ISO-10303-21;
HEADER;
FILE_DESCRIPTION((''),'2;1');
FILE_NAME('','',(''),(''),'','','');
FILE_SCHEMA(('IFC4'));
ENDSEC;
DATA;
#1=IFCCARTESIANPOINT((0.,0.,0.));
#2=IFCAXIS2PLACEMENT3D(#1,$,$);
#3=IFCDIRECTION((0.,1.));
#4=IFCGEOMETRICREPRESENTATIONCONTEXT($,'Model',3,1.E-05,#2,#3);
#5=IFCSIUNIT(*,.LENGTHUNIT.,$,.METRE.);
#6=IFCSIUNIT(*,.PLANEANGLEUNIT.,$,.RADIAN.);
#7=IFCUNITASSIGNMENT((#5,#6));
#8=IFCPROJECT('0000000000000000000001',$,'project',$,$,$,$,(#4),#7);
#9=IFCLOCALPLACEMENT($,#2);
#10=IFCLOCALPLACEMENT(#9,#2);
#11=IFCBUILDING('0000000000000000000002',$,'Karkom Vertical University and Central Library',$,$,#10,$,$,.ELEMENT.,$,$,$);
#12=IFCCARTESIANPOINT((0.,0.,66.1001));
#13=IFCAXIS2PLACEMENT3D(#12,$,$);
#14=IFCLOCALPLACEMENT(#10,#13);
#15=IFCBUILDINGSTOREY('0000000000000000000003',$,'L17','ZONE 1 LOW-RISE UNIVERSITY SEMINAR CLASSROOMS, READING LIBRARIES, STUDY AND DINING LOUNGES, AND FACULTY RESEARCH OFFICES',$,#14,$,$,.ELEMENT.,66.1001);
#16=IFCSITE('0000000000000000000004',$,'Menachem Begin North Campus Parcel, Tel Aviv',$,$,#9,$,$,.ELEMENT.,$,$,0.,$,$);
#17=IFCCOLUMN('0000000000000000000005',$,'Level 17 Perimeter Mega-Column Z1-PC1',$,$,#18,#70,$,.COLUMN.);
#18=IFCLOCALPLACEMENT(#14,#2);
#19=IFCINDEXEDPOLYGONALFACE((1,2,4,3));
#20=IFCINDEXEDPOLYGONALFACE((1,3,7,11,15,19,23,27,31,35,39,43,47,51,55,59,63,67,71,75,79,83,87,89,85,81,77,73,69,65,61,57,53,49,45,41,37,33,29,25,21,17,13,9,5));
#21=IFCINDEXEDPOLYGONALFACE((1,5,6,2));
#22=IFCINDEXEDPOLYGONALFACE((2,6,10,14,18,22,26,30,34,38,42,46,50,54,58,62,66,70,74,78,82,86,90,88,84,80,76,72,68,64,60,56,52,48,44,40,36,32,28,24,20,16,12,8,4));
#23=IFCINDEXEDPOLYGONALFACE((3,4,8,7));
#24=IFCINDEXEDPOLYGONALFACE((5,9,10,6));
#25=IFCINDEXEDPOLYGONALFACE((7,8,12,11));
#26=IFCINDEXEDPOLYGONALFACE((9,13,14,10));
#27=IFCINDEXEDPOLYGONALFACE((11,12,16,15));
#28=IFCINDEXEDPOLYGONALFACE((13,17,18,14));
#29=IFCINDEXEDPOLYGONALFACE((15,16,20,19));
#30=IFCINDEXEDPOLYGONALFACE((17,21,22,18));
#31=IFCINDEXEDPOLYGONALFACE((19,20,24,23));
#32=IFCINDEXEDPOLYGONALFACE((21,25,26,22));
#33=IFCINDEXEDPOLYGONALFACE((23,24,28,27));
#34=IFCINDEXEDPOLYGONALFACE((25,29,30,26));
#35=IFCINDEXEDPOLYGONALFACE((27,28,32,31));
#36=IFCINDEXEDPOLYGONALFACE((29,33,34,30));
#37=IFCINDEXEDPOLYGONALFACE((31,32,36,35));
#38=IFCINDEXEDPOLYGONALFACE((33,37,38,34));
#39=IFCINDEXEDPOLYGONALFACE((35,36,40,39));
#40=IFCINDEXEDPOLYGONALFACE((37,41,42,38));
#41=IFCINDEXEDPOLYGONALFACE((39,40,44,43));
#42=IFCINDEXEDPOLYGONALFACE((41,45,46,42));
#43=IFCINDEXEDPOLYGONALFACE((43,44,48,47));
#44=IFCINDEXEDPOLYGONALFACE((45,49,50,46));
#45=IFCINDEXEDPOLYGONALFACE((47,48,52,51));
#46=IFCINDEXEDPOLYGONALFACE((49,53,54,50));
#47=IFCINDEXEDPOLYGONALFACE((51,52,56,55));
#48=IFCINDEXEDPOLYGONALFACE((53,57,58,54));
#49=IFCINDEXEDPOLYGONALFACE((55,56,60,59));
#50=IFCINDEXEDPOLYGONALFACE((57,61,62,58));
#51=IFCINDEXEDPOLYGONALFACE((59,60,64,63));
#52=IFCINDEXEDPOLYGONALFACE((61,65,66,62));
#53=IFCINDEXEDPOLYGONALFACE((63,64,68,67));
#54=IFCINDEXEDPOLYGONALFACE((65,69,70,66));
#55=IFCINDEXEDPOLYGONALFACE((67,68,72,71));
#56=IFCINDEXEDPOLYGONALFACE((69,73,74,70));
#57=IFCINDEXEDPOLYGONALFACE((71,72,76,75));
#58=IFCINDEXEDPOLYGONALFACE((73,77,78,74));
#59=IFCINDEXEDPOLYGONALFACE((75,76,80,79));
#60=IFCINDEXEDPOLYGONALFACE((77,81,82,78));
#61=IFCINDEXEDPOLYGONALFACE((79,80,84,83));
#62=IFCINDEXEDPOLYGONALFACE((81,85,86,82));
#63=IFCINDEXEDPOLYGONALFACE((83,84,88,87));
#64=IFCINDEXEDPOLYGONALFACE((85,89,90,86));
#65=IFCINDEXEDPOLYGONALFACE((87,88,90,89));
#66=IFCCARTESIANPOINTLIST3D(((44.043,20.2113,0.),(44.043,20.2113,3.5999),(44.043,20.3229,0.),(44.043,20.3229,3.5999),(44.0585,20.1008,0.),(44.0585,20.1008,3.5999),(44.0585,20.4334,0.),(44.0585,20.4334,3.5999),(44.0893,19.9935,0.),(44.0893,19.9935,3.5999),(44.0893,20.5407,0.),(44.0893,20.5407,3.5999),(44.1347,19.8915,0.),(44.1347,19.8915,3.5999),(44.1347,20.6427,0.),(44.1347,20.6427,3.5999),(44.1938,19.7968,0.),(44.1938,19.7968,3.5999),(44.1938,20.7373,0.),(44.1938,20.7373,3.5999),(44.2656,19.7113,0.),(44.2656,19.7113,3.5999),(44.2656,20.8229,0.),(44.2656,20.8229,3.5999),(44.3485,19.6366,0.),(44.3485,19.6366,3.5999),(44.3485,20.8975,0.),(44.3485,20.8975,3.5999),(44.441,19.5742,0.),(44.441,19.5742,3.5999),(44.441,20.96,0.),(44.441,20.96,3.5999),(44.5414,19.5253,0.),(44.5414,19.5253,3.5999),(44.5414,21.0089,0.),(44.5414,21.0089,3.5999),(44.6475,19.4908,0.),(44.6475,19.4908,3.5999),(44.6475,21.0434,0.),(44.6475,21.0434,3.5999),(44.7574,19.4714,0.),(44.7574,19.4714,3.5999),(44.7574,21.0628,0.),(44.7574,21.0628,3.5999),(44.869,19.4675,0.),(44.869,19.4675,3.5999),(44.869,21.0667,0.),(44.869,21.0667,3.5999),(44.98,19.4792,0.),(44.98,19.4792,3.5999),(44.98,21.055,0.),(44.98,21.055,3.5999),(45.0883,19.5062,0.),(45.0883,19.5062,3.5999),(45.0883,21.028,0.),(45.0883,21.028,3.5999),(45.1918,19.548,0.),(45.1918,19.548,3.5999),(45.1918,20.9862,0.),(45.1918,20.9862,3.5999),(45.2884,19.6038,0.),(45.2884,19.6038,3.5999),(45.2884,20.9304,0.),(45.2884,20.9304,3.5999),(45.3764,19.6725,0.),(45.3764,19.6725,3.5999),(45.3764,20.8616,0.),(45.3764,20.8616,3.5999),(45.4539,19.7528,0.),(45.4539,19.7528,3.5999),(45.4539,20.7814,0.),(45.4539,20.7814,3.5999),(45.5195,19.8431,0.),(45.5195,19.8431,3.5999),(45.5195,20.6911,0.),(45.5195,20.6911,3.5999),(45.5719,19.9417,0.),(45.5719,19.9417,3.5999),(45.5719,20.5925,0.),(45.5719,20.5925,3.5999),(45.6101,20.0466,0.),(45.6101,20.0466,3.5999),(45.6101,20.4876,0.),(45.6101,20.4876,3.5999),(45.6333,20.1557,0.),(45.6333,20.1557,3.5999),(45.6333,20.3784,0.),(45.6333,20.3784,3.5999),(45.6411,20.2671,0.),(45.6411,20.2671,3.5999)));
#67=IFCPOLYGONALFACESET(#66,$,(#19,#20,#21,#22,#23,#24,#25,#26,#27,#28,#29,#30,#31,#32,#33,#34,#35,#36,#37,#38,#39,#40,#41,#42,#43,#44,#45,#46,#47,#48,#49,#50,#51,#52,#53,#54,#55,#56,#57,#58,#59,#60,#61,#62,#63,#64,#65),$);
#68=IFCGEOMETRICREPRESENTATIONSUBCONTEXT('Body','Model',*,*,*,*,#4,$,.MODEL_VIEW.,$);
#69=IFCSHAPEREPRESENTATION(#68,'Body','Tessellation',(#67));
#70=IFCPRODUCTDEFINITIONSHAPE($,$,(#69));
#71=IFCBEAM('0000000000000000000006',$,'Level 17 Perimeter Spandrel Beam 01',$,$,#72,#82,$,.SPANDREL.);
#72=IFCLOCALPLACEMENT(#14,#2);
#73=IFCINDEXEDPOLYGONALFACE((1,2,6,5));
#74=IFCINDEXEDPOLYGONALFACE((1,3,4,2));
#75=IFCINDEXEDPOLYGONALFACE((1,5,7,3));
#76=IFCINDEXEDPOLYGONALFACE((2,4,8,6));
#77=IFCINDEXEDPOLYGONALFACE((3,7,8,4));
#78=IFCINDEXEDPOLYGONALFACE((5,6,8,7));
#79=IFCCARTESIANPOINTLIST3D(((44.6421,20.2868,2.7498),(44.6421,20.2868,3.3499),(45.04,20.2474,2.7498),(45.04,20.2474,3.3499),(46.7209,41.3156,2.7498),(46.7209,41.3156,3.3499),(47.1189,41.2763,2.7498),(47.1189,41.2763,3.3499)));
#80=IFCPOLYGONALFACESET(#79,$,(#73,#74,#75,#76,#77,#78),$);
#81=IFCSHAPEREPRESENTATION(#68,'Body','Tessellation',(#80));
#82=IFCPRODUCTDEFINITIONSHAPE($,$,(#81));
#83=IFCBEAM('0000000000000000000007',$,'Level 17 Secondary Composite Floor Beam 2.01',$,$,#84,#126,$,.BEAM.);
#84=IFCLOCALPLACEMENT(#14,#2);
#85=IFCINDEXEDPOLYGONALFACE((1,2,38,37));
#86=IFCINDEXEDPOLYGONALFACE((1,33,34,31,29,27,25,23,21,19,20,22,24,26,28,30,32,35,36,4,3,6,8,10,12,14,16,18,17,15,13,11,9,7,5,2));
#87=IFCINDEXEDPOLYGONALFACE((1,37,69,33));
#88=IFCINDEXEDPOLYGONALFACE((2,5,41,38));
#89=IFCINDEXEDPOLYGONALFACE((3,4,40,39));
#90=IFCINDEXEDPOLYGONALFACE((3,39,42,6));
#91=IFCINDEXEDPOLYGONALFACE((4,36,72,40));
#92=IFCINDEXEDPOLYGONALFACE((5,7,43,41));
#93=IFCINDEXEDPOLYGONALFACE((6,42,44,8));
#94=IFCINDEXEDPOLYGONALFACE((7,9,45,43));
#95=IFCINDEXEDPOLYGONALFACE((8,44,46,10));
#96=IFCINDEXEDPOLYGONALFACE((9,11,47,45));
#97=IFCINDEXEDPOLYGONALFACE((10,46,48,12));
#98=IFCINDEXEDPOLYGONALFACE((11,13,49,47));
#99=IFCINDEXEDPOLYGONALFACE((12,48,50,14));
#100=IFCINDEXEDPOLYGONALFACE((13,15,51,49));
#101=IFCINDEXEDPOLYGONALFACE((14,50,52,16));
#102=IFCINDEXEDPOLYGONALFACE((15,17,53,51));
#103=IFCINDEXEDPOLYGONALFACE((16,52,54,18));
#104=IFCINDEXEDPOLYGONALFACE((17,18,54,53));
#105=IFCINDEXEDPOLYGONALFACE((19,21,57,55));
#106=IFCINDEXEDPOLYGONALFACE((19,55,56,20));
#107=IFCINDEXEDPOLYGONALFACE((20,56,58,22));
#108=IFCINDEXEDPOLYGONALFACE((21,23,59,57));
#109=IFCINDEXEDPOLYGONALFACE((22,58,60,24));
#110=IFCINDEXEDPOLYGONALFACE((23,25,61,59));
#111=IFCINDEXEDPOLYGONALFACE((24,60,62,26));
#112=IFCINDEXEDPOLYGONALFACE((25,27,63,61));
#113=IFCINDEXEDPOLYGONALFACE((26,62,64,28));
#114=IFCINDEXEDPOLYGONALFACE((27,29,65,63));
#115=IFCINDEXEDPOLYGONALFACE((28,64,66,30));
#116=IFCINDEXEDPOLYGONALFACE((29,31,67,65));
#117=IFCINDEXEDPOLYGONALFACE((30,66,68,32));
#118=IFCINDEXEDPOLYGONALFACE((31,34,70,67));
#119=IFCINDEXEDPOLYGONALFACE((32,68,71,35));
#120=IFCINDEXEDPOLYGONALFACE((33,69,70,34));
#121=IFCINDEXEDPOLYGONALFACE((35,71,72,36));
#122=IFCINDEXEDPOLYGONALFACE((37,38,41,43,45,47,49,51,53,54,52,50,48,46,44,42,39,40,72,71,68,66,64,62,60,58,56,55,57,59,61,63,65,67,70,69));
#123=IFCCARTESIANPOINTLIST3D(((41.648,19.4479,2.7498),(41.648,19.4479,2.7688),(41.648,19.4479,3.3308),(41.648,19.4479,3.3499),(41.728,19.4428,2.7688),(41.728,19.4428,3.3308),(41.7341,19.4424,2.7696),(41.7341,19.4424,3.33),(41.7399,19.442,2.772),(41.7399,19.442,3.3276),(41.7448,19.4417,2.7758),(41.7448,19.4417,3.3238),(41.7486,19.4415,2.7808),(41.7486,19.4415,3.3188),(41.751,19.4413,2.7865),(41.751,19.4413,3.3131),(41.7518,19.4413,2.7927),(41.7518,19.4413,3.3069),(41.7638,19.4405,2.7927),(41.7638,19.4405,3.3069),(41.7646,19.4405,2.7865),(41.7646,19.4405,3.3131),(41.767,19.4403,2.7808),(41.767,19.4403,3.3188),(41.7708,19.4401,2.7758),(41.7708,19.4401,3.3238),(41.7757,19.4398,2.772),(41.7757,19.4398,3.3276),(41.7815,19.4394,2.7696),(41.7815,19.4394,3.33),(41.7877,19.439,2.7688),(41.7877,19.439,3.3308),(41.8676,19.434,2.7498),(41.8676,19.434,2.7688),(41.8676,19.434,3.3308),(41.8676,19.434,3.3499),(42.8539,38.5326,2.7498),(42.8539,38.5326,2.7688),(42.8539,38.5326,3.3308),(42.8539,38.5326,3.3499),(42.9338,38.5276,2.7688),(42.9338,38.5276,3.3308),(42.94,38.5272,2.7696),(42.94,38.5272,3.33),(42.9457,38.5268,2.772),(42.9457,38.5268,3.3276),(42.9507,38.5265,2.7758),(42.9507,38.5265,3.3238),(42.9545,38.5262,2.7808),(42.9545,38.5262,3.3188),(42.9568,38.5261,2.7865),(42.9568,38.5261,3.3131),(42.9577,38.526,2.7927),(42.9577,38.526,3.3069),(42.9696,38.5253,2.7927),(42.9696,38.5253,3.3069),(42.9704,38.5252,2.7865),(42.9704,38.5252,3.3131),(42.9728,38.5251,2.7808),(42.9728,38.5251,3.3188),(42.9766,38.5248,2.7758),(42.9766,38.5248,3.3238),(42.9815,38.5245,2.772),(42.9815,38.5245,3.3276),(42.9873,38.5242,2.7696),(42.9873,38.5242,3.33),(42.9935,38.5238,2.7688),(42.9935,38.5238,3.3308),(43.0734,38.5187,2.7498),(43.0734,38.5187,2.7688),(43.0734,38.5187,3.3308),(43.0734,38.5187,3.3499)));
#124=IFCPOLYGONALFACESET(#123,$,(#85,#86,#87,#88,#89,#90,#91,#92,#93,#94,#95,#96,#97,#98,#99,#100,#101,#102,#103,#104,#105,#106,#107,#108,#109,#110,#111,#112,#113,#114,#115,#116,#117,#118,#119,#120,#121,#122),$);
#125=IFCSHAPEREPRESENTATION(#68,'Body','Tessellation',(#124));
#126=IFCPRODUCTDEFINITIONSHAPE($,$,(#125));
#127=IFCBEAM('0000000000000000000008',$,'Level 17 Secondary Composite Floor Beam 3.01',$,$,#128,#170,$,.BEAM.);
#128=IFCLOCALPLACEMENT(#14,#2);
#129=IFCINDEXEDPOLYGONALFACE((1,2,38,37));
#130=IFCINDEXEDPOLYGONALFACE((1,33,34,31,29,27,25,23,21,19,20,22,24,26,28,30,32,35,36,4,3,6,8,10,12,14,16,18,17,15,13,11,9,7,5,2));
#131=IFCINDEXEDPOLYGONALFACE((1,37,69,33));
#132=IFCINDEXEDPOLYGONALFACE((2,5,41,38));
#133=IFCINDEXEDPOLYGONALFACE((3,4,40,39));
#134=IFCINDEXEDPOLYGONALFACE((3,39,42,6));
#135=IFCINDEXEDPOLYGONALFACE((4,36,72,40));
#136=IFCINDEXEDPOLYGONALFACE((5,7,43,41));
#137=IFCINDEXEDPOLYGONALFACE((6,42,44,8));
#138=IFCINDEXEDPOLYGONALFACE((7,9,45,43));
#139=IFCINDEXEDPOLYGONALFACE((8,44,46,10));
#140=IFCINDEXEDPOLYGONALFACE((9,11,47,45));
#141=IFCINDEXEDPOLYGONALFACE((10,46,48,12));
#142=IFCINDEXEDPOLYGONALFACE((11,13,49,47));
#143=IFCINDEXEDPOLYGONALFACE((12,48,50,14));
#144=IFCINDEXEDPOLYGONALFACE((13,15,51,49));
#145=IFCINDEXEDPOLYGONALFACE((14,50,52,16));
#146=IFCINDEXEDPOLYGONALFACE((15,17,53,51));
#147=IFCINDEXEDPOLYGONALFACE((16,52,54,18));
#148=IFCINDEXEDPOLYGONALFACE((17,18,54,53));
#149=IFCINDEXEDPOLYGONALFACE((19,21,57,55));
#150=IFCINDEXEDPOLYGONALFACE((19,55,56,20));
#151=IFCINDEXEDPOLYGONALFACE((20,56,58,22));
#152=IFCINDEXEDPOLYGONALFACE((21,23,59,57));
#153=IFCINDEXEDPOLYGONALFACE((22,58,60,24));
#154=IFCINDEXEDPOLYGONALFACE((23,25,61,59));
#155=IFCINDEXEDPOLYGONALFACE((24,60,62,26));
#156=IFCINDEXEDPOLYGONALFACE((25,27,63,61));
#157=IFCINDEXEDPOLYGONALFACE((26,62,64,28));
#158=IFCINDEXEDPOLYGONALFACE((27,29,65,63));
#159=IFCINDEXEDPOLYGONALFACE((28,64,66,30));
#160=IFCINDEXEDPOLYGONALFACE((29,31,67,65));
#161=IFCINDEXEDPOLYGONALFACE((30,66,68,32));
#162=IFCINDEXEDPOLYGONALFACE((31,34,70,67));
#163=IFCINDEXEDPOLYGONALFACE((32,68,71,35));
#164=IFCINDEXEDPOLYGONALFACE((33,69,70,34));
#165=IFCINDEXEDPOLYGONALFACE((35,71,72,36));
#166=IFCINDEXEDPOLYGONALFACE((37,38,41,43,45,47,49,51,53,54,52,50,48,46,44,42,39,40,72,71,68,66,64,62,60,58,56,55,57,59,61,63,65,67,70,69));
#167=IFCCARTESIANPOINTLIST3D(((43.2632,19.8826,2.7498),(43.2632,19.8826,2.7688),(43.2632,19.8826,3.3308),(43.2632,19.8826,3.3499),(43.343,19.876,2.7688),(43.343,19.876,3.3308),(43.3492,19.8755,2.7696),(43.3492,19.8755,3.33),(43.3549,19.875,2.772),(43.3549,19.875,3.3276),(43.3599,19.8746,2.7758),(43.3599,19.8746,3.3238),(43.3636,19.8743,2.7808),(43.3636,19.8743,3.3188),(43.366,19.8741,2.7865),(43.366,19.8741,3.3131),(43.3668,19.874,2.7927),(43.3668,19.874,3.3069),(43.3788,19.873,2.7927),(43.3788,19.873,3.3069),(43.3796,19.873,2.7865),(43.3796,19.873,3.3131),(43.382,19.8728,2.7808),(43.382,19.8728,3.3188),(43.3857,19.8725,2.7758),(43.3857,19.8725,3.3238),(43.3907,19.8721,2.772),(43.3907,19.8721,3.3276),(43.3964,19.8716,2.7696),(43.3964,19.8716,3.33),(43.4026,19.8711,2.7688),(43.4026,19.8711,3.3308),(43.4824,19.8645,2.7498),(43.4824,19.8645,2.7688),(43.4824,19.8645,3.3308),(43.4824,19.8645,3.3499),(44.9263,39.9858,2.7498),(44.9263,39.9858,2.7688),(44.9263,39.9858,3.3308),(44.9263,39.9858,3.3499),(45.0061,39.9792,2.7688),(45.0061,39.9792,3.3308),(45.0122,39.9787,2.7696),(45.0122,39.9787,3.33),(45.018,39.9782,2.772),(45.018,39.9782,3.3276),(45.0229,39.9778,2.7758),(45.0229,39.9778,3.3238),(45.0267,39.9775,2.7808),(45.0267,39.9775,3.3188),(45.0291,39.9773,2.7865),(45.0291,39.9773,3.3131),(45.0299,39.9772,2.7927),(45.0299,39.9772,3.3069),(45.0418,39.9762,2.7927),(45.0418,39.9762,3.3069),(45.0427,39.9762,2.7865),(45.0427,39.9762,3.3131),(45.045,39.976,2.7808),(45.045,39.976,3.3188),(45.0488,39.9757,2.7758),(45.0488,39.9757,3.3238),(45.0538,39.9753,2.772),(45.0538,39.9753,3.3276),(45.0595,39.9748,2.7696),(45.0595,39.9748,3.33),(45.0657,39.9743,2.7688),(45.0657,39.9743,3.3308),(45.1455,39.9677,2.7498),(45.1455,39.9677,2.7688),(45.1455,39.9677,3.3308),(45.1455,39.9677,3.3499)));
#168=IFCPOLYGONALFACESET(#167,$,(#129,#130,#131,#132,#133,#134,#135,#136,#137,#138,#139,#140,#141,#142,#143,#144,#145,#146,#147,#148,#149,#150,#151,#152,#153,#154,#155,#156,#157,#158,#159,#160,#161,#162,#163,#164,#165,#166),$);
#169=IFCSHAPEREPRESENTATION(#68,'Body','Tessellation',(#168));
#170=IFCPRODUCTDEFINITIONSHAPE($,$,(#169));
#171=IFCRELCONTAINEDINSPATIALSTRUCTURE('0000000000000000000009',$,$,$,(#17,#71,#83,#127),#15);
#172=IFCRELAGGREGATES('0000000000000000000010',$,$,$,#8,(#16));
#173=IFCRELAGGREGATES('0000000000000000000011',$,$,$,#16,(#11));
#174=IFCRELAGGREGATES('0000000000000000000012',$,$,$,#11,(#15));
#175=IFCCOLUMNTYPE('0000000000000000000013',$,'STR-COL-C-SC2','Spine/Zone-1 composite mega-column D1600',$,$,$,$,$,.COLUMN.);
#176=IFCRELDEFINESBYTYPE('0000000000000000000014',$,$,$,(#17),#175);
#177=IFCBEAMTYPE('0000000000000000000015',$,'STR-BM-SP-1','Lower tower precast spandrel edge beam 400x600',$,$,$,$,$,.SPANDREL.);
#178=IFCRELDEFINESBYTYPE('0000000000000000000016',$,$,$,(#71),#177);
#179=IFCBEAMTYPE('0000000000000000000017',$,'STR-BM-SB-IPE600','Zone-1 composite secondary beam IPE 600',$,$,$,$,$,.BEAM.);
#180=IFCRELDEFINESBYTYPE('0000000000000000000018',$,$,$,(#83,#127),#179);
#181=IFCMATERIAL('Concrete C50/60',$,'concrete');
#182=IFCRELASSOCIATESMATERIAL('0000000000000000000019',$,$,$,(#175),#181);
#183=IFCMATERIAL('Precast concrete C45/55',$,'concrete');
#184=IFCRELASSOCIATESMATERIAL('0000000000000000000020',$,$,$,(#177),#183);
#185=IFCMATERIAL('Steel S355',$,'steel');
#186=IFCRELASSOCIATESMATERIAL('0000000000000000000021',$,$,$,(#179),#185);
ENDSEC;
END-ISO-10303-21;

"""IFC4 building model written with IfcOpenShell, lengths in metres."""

from ifc_helpers import new_model, si_unit, direction, frame, origin, origin_with_axes, origin_2d, place, context, subcontext, project, spatial, rectangle, circle, i_section, extrude, source, transform, mapped, material, material_profile, profile_set, type_object, element, save


model = new_model("IFC4")

# Units and contexts
model_context = context("Model", 3, precision=1e-05, world=origin(), true_north=direction((0.0, 1.0)))
body_context = subcontext(model_context, "Body", "Model", "MODEL_VIEW")
ifc_project = project(units=[si_unit("LENGTHUNIT", "METRE"), si_unit("PLANEANGLEUNIT", "RADIAN")], contexts=[model_context])

# Site, building, storey
site_placement = place(None, origin())
site = spatial("IfcSite", under=ifc_project, at=site_placement, Name="Menachem Begin North Campus Parcel, Tel Aviv", CompositionType="ELEMENT", RefElevation=0.0)
building_placement = place(site_placement, origin())
building = spatial("IfcBuilding", under=site, at=building_placement, Name="Karkom Vertical University and Central Library", CompositionType="ELEMENT")
storey_placement = place(building_placement, frame((0.0, 0.0, 66.1001)))
storey = spatial("IfcBuildingStorey", under=building, at=storey_placement, Name="L17", Description="ZONE 1 LOW-RISE UNIVERSITY SEMINAR CLASSROOMS, READING LIBRARIES, STUDY AND DINING LOUNGES, AND FACULTY RESEARCH OFFICES", CompositionType="ELEMENT", Elevation=66.1001)

# Column
ifc_material_1 = material(Name="Concrete C50/60", Category="concrete")
ifc_material_profile_1 = material_profile(ifc_material_1, circle(Radius=0.8, at=origin_2d()), Name="CFT-D1600")
ifc_profile_set_1 = profile_set([ifc_material_profile_1], Name="Concrete C50/60")
column_type = type_object("IfcColumnType", Name="STR-COL-C-SC2", Description="Spine/Zone-1 composite mega-column D1600", PredefinedType="COLUMN", material=ifc_profile_set_1)
shared_shape_1 = source(origin_with_axes(), body_context, "Body", "SweptSolid", [
    extrude(circle(Radius=0.8, at=origin_2d()), origin(), (0.0, 0.0, 1.0), 3.5999),
])
column_placement = place(storey_placement, frame((44.8411, 20.2671, 0.0), z_axis=(0.0, 0.0, 1.0), x_axis=(1.0, 0.0, 0.0)))
element("IfcColumn", 1, at=column_placement, inside=storey, type_object=column_type, Name="Level 17 Perimeter Mega-Column Z1-PC1", PredefinedType="COLUMN", context=body_context, shape_type="MappedRepresentation", body=[
    mapped(shared_shape_1, transform((0.0, 0.0, 0.0), scale=1.0)),
])

# Beams
ifc_material_2 = material(Name="Precast concrete C45/55", Category="concrete")
ifc_material_profile_2 = material_profile(ifc_material_2, rectangle(XDim=0.3999, YDim=0.6001, at=origin_2d()), Name="SPB-400x600")
ifc_profile_set_2 = profile_set([ifc_material_profile_2], Name="Precast concrete C45/55")
beam_type_1 = type_object("IfcBeamType", Name="STR-BM-SP-1", Description="Lower tower precast spandrel edge beam 400x600", PredefinedType="SPANDREL", material=ifc_profile_set_2)
shared_shape_2 = source(origin_with_axes(), body_context, "Body", "SweptSolid", [
    extrude(rectangle(XDim=0.3999, YDim=0.6001, at=origin_2d()), origin(), (0.0, 0.0, 1.0), 21.1313),
])
beam_1_placement = place(storey_placement, frame((44.8411, 20.2671, 3.0498), z_axis=(0.098378, 0.995149, 0.0), x_axis=(-0.995149, 0.098378, 0.0)))
element("IfcBeam", 2, at=beam_1_placement, inside=storey, type_object=beam_type_1, Name="Level 17 Perimeter Spandrel Beam 01", PredefinedType="SPANDREL", context=body_context, shape_type="MappedRepresentation", body=[
    mapped(shared_shape_2, transform((0.0, 0.0, 0.0), scale=1.0)),
])
ifc_material_3 = material(Name="Steel S355", Category="steel")
ifc_material_profile_3 = material_profile(ifc_material_3, i_section(OverallWidth=0.22, OverallDepth=0.6001, WebThickness=0.012, FlangeThickness=0.019, FilletRadius=0.0239, at=origin_2d()), Name="IPE 600")
ifc_profile_set_3 = profile_set([ifc_material_profile_3], Name="Steel S355")
beam_type_2 = type_object("IfcBeamType", Name="STR-BM-SB-IPE600", Description="Zone-1 composite secondary beam IPE 600", PredefinedType="BEAM", material=ifc_profile_set_3)
shared_shape_3 = source(origin_with_axes(), body_context, "Body", "SweptSolid", [
    extrude(i_section(OverallWidth=0.22, OverallDepth=0.6001, WebThickness=0.012, FlangeThickness=0.019, FilletRadius=0.0239, at=origin_2d()), origin(), (0.0, 0.0, 1.0), 19.1228),
])
beam_2_placement = place(storey_placement, frame((41.7578, 19.4409, 3.0498), z_axis=(0.063056, 0.99801, 0.0), x_axis=(-0.99801, 0.063056, 0.0)))
element("IfcBeam", 3, at=beam_2_placement, inside=storey, type_object=beam_type_2, Name="Level 17 Secondary Composite Floor Beam 2.01", PredefinedType="BEAM", context=body_context, shape_type="MappedRepresentation", body=[
    mapped(shared_shape_3, transform((0.0, 0.0, 0.0), scale=1.0)),
])
shared_shape_4 = source(origin_with_axes(), body_context, "Body", "SweptSolid", [
    extrude(i_section(OverallWidth=0.22, OverallDepth=0.6001, WebThickness=0.012, FlangeThickness=0.019, FilletRadius=0.0239, at=origin_2d()), origin(), (0.0, 0.0, 1.0), 20.1719),
])
beam_3_placement = place(storey_placement, frame((43.3728, 19.8735, 3.0498), z_axis=(0.082445, 0.996596, 0.0), x_axis=(-0.996596, 0.082445, 0.0)))
element("IfcBeam", 4, at=beam_3_placement, inside=storey, type_object=beam_type_2, Name="Level 17 Secondary Composite Floor Beam 3.01", PredefinedType="BEAM", context=body_context, shape_type="MappedRepresentation", body=[
    mapped(shared_shape_4, transform((0.0, 0.0, 0.0), scale=1.0)),
])

save(model, "model.ifc")
